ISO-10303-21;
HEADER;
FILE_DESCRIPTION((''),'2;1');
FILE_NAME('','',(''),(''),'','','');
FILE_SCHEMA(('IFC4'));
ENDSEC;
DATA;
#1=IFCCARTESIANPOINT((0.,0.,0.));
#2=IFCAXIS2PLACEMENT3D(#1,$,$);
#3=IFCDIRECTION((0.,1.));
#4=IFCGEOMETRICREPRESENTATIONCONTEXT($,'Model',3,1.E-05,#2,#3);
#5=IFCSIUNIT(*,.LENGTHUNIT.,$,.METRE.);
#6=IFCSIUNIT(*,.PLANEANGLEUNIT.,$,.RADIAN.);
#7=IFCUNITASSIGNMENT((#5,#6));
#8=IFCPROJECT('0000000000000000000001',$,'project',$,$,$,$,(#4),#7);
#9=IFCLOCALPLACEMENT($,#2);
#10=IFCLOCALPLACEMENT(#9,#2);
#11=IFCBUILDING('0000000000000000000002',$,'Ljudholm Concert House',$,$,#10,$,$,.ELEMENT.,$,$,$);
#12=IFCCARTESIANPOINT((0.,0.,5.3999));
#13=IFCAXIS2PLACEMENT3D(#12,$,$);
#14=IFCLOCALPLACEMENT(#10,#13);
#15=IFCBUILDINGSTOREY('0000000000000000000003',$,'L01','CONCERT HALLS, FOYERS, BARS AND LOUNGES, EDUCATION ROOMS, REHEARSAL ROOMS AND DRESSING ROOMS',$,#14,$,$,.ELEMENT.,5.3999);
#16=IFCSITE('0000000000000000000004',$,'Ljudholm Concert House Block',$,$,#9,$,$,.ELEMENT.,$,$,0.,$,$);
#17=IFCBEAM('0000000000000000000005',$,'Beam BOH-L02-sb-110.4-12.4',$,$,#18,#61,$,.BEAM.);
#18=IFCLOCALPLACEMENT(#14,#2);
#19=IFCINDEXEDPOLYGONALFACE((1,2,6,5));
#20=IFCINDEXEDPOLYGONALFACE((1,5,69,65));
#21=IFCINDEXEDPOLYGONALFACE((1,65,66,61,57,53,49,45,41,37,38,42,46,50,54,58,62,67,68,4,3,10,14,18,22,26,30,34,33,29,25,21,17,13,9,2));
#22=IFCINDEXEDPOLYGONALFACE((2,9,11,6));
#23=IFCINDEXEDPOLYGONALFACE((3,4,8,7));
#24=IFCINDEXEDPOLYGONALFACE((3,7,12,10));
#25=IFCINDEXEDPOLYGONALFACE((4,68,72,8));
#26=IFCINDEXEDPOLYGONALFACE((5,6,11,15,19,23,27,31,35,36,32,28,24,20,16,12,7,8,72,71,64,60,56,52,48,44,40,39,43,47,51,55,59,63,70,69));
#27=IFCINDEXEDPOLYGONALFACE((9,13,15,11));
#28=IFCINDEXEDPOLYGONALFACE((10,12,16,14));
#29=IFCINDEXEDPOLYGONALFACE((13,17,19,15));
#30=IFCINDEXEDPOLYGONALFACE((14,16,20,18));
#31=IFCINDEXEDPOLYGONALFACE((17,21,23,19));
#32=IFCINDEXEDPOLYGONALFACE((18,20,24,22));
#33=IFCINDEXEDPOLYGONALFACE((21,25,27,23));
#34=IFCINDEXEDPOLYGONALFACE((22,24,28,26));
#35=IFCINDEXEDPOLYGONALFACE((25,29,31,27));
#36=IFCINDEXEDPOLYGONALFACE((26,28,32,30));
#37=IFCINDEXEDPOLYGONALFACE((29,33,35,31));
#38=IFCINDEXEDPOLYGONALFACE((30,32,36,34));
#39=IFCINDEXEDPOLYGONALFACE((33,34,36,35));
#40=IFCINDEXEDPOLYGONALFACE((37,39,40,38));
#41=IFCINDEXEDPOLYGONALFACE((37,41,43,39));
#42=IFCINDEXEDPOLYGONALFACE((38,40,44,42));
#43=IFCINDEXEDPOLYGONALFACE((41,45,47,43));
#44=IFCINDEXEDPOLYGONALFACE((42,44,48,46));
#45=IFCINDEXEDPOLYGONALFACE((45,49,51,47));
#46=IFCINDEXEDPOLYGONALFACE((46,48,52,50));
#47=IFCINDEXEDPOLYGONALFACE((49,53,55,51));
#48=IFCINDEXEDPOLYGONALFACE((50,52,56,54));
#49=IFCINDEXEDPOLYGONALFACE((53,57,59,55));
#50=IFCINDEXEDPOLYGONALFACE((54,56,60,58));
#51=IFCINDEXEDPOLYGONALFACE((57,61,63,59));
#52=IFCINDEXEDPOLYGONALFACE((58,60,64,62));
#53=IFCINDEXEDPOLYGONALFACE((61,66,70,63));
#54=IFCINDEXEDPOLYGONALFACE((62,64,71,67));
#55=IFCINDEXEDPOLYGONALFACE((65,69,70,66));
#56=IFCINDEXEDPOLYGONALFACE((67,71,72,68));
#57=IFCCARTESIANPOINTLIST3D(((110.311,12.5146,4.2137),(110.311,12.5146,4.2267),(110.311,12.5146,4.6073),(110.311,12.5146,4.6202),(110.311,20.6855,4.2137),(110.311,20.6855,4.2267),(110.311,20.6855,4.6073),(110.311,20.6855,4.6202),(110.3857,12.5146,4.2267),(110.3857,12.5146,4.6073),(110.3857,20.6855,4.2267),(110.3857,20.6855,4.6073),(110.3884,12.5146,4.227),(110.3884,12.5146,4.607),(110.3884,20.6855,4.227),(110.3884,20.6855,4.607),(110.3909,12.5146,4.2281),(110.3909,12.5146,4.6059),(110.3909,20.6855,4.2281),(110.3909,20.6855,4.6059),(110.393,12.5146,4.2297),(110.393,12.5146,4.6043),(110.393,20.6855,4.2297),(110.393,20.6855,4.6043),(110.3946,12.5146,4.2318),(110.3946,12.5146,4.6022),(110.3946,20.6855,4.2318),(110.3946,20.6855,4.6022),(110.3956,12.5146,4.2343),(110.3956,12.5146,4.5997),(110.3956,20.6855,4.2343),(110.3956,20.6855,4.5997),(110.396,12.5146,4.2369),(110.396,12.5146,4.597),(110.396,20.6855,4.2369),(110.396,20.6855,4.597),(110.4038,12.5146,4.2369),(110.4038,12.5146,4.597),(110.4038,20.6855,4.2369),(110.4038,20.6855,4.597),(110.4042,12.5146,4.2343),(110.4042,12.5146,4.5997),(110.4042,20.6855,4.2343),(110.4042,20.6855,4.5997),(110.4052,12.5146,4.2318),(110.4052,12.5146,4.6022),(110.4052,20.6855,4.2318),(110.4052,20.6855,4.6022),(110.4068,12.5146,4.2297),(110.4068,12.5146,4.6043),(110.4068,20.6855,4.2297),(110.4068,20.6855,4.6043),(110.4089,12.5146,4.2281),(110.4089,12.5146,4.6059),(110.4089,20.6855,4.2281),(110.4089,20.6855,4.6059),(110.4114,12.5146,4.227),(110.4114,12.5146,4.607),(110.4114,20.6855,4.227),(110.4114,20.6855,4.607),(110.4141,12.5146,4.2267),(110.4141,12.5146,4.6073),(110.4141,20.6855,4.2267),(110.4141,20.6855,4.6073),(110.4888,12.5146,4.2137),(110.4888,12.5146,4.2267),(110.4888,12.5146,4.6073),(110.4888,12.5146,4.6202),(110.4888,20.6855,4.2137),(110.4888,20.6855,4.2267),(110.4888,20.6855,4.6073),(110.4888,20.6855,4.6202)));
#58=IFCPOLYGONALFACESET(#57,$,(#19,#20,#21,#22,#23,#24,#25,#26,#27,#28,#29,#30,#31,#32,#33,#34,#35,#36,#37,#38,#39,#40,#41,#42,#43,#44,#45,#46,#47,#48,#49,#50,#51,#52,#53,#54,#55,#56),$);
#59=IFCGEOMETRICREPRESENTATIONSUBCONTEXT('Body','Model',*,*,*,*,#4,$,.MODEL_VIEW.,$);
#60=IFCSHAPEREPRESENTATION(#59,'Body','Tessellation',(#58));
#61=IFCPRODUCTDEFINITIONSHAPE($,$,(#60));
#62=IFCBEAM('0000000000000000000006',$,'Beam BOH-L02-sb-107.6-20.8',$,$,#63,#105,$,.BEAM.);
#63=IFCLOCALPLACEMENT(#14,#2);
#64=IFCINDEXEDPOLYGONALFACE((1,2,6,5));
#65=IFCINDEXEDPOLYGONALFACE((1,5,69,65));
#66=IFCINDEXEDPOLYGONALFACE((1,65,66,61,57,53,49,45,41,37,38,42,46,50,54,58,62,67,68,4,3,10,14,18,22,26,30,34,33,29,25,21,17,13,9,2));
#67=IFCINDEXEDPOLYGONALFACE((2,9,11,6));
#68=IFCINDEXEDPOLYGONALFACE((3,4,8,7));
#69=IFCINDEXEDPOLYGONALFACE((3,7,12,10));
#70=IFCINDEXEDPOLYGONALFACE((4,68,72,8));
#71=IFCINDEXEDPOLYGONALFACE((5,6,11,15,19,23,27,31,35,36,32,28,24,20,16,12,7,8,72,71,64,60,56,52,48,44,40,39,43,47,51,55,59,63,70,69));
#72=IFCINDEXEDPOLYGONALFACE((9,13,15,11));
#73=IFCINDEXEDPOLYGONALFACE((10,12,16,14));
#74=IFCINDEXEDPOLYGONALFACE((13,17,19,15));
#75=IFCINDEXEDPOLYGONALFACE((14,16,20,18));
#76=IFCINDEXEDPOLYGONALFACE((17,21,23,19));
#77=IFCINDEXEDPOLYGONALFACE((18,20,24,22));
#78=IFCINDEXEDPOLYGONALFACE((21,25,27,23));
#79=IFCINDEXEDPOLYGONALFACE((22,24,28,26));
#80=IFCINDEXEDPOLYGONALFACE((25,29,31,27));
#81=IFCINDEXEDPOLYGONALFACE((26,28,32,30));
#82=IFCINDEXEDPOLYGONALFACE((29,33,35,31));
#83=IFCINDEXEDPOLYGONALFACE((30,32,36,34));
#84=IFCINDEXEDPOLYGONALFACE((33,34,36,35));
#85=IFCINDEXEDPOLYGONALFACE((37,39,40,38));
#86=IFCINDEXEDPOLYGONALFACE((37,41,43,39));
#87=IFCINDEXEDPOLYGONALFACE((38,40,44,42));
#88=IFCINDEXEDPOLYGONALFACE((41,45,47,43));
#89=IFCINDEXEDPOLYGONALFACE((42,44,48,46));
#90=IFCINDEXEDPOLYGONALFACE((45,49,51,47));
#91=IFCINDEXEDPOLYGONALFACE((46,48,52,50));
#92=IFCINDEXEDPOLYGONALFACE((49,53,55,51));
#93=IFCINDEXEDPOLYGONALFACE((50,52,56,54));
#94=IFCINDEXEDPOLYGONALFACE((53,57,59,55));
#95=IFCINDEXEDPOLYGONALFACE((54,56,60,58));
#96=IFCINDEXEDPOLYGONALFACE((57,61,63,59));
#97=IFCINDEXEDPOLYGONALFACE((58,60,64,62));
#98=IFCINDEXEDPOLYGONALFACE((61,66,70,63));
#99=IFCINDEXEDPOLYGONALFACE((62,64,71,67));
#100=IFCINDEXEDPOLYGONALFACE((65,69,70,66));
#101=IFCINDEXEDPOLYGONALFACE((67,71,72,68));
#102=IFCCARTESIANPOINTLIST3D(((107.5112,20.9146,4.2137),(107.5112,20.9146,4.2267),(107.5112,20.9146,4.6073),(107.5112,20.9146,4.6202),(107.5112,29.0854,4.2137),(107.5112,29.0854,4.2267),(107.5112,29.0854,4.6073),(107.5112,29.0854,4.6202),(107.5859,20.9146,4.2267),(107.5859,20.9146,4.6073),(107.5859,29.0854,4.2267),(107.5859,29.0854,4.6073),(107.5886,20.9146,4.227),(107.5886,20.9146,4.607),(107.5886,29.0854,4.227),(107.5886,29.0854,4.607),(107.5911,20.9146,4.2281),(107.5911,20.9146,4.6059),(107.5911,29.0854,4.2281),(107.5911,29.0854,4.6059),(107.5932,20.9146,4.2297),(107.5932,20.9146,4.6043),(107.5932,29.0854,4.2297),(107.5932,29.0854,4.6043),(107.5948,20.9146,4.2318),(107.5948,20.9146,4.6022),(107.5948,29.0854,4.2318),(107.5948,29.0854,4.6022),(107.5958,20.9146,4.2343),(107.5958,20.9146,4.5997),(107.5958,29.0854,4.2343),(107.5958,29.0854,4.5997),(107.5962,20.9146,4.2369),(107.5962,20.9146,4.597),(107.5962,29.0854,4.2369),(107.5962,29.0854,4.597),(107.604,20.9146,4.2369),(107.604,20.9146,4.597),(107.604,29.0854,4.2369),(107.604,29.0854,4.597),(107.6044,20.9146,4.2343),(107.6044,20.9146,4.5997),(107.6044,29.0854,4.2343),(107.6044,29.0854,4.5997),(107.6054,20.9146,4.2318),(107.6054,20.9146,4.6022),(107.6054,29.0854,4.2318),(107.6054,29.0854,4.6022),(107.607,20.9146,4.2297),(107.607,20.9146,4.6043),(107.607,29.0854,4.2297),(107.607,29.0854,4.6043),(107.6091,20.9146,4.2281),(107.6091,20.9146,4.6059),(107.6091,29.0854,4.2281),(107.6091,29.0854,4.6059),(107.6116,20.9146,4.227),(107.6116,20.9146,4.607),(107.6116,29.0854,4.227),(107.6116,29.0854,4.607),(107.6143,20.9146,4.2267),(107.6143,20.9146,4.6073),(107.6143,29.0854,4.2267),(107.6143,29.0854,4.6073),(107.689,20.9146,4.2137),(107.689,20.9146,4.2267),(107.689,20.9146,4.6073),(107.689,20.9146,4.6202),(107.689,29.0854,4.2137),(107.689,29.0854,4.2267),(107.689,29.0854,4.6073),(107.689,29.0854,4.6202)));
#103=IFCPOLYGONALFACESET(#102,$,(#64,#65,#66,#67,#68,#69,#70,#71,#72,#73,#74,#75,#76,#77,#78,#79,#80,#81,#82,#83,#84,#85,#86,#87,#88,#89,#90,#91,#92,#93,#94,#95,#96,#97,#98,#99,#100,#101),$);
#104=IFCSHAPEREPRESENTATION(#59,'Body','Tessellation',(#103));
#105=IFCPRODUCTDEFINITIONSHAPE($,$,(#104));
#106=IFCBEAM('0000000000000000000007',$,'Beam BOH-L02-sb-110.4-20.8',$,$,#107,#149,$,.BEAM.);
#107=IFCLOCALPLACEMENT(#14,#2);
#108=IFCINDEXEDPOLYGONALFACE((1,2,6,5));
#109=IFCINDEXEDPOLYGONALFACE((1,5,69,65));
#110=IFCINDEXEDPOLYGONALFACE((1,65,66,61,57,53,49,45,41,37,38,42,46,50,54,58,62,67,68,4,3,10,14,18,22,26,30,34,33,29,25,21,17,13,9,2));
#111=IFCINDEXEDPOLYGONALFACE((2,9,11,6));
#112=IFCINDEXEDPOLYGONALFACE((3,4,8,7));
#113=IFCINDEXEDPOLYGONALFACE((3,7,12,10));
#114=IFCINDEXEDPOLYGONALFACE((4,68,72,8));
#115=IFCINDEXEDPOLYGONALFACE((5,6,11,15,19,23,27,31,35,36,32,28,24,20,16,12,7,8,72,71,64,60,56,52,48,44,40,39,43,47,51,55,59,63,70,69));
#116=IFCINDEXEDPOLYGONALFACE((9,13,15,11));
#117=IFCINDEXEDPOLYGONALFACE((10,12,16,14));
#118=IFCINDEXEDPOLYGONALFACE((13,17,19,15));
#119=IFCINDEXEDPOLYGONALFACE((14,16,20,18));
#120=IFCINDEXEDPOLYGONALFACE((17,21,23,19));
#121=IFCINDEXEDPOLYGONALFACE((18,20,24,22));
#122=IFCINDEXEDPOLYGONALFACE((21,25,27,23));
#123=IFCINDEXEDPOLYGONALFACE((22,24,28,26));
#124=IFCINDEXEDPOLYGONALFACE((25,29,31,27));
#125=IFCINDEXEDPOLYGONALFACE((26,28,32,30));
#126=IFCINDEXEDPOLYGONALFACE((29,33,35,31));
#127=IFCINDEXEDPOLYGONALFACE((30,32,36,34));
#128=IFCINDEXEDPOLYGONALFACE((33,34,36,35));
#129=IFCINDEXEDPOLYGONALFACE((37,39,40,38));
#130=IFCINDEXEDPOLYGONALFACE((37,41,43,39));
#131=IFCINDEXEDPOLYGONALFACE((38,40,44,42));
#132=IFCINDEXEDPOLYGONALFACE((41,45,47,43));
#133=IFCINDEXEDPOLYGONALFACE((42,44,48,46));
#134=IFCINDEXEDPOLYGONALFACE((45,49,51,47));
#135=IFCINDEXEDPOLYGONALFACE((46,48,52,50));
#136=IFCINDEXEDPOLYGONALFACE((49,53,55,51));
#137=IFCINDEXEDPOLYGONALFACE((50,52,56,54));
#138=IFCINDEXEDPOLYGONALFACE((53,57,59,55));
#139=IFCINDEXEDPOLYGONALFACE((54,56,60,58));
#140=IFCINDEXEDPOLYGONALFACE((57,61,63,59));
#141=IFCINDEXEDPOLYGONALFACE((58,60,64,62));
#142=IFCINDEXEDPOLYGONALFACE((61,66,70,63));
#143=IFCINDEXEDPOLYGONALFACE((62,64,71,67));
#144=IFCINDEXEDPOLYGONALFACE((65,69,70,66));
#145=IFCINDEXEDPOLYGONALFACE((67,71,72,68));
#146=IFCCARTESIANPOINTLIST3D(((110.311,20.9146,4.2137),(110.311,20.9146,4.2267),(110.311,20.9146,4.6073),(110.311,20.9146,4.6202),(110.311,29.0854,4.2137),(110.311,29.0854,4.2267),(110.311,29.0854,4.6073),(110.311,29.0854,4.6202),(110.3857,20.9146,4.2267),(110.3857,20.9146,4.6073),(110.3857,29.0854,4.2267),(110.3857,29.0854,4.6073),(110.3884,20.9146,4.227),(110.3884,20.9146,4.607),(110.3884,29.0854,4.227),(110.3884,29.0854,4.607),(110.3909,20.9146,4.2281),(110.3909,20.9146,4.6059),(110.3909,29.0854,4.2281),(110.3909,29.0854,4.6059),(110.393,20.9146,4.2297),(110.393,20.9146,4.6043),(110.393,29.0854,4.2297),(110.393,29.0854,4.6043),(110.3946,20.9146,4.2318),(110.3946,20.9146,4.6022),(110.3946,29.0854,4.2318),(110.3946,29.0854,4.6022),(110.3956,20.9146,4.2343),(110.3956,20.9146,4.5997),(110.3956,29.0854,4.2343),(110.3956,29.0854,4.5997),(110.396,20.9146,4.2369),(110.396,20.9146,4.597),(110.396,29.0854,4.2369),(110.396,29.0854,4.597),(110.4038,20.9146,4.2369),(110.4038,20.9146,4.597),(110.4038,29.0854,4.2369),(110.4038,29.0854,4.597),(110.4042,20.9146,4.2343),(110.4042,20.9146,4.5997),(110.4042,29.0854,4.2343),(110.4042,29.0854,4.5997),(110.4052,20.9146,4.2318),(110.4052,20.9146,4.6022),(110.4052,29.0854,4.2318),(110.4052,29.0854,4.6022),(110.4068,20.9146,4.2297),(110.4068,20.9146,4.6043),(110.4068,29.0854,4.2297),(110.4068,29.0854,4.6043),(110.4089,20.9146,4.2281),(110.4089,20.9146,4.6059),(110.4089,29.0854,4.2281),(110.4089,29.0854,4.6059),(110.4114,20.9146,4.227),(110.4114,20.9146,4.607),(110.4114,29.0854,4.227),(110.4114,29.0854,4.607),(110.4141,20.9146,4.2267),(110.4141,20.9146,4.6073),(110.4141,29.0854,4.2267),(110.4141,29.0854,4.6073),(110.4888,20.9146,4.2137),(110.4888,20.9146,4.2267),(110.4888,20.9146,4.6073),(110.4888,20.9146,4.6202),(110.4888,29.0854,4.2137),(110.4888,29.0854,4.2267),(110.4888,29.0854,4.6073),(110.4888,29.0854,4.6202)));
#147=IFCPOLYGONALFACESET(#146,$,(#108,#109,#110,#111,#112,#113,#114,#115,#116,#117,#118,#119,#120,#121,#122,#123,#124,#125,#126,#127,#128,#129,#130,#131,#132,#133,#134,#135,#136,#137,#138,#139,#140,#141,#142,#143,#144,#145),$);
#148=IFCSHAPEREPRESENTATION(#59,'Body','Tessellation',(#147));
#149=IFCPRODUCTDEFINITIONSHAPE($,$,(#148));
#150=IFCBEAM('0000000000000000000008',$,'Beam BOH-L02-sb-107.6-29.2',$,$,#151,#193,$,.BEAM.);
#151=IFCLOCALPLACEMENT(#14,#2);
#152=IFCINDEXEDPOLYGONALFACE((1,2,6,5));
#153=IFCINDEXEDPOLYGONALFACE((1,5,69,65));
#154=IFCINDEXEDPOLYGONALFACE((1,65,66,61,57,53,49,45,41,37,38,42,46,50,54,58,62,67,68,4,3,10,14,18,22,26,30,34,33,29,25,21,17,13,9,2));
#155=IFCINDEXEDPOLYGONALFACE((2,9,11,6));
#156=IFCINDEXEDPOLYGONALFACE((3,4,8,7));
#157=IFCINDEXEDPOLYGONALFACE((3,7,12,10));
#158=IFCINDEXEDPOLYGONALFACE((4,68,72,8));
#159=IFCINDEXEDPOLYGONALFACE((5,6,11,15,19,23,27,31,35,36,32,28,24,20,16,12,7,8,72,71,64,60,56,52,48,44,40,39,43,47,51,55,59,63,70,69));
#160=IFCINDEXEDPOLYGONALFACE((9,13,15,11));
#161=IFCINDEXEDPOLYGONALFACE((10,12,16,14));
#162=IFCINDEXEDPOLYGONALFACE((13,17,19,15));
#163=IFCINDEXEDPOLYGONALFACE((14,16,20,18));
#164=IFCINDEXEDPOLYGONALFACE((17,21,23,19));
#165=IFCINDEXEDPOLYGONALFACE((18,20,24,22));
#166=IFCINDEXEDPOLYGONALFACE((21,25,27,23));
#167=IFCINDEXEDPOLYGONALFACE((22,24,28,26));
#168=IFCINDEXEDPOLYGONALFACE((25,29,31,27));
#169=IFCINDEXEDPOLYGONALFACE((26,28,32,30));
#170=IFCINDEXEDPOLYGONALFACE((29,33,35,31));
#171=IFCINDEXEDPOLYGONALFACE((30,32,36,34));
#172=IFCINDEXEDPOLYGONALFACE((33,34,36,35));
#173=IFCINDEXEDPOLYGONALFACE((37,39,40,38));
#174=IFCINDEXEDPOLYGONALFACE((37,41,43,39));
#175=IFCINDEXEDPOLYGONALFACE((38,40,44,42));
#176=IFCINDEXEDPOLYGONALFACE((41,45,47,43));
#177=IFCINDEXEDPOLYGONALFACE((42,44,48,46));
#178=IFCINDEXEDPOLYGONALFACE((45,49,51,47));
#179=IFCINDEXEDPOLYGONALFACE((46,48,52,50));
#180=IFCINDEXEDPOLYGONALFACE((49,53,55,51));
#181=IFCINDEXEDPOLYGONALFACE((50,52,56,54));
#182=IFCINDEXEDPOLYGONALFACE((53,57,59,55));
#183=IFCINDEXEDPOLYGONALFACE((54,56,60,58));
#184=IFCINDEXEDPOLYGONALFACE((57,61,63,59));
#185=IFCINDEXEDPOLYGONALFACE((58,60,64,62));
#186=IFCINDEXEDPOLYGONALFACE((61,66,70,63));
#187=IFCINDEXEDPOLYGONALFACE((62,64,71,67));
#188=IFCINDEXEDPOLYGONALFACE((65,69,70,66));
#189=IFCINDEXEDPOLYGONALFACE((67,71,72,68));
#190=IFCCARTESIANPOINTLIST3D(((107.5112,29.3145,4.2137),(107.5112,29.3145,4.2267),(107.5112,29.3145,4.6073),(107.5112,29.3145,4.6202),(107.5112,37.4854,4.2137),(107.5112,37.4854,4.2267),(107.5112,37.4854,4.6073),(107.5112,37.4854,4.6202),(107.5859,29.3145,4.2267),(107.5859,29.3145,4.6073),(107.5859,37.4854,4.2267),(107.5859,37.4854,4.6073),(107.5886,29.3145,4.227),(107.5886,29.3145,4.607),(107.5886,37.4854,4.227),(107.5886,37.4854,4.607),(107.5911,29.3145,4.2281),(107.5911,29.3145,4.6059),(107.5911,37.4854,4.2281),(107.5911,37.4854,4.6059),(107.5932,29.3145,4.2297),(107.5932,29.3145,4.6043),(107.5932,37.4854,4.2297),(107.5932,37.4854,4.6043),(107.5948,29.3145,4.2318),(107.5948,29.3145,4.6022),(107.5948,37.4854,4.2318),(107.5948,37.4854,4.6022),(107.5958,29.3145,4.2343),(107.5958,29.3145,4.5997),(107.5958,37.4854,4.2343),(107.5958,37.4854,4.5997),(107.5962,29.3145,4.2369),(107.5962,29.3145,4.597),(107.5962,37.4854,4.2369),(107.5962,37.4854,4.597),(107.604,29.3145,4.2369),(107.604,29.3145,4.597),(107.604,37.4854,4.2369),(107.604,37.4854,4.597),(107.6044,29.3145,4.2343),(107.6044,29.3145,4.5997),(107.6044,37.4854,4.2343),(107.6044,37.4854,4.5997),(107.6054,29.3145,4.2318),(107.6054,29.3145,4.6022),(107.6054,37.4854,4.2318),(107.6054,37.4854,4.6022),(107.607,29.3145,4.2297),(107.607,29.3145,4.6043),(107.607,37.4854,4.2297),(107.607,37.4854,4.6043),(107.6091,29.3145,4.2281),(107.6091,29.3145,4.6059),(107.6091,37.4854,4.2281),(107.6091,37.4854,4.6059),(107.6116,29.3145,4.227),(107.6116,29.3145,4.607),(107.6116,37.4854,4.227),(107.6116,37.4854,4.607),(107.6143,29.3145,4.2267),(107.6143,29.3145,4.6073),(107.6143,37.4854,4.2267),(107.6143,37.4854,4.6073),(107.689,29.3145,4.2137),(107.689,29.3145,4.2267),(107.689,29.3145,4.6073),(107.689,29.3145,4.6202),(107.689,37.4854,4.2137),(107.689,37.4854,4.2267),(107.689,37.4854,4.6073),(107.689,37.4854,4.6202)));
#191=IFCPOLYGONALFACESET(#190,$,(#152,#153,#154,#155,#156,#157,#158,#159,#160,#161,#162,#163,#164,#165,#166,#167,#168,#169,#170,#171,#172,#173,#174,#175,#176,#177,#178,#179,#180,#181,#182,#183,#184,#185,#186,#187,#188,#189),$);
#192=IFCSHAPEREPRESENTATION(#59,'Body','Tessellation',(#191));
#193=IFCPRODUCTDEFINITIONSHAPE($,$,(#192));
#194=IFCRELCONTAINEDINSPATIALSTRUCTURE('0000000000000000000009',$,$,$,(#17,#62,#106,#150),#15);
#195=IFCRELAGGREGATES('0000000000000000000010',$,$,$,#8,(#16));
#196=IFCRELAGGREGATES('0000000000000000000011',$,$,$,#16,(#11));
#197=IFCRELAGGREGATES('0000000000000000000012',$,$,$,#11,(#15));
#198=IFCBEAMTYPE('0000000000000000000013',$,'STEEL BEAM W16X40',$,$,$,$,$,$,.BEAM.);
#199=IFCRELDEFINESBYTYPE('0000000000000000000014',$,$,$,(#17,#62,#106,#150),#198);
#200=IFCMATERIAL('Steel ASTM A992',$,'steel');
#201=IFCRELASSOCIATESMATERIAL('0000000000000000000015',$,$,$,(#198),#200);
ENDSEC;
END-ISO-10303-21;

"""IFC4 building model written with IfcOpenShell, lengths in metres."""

from ifc_helpers import new_model, si_unit, direction, frame, origin, origin_2d, place, context, subcontext, project, spatial, i_section, extrude, material, material_profile, profile_set, type_object, element, save


model = new_model("IFC4")

# Units and contexts
model_context = context("Model", 3, precision=1e-05, world=origin(), true_north=direction((0.0, 1.0)))
body_context = subcontext(model_context, "Body", "Model", "MODEL_VIEW")
ifc_project = project(units=[si_unit("LENGTHUNIT", "METRE"), si_unit("PLANEANGLEUNIT", "RADIAN")], contexts=[model_context])

# Site, building, storey
site_placement = place(None, origin())
site = spatial("IfcSite", under=ifc_project, at=site_placement, Name="Ljudholm Concert House Block", CompositionType="ELEMENT", RefElevation=0.0)
building_placement = place(site_placement, origin())
building = spatial("IfcBuilding", under=site, at=building_placement, Name="Ljudholm Concert House", CompositionType="ELEMENT")
storey_placement = place(building_placement, frame((0.0, 0.0, 5.3999)))
storey = spatial("IfcBuildingStorey", under=building, at=storey_placement, Name="L01", Description="CONCERT HALLS, FOYERS, BARS AND LOUNGES, EDUCATION ROOMS, REHEARSAL ROOMS AND DRESSING ROOMS", CompositionType="ELEMENT", Elevation=5.3999)

# Beams
ifc_material_1 = material(Name="Steel ASTM A992", Category="steel")
ifc_material_profile_1 = material_profile(ifc_material_1, i_section(OverallWidth=0.1777, OverallDepth=0.4065, WebThickness=0.0078, FlangeThickness=0.0129, FilletRadius=0.0103, at=origin_2d()), Name="W16X40")
ifc_profile_set_1 = profile_set([ifc_material_profile_1], Name="Steel ASTM A992")
beam_type_1 = type_object("IfcBeamType", Name="STEEL BEAM W16X40", PredefinedType="BEAM", material=ifc_profile_set_1)
for number, where, z_axis, x_axis, name in (
    (1, (110.3999, 12.5146, 4.417), (0.0, 1.0, 0.0), (-1.0, 0.0, 0.0), "Beam BOH-L02-sb-110.4-12.4"),
    (2, (107.6001, 20.9146, 4.417), (0.0, 1.0, 0.0), (-1.0, 0.0, 0.0), "Beam BOH-L02-sb-107.6-20.8"),
    (3, (110.3999, 20.9146, 4.417), (0.0, 1.0, 0.0), (-1.0, 0.0, 0.0), "Beam BOH-L02-sb-110.4-20.8"),
    (4, (107.6001, 29.3145, 4.417), (0.0, 1.0, 0.0), (-1.0, 0.0, 0.0), "Beam BOH-L02-sb-107.6-29.2"),
):
    element("IfcBeam", number, at=place(storey_placement, frame(where, z_axis=z_axis, x_axis=x_axis)), inside=storey, type_object=beam_type_1, Name=name, PredefinedType="BEAM", context=body_context, shape_type="SweptSolid", body=[
        extrude(i_section(OverallWidth=0.1777, OverallDepth=0.4065, WebThickness=0.0078, FlangeThickness=0.0129, FilletRadius=0.0103, at=origin_2d()), origin(), (0.0, 0.0, 1.0), 8.1709),
    ])

save(model, "model.ifc")
